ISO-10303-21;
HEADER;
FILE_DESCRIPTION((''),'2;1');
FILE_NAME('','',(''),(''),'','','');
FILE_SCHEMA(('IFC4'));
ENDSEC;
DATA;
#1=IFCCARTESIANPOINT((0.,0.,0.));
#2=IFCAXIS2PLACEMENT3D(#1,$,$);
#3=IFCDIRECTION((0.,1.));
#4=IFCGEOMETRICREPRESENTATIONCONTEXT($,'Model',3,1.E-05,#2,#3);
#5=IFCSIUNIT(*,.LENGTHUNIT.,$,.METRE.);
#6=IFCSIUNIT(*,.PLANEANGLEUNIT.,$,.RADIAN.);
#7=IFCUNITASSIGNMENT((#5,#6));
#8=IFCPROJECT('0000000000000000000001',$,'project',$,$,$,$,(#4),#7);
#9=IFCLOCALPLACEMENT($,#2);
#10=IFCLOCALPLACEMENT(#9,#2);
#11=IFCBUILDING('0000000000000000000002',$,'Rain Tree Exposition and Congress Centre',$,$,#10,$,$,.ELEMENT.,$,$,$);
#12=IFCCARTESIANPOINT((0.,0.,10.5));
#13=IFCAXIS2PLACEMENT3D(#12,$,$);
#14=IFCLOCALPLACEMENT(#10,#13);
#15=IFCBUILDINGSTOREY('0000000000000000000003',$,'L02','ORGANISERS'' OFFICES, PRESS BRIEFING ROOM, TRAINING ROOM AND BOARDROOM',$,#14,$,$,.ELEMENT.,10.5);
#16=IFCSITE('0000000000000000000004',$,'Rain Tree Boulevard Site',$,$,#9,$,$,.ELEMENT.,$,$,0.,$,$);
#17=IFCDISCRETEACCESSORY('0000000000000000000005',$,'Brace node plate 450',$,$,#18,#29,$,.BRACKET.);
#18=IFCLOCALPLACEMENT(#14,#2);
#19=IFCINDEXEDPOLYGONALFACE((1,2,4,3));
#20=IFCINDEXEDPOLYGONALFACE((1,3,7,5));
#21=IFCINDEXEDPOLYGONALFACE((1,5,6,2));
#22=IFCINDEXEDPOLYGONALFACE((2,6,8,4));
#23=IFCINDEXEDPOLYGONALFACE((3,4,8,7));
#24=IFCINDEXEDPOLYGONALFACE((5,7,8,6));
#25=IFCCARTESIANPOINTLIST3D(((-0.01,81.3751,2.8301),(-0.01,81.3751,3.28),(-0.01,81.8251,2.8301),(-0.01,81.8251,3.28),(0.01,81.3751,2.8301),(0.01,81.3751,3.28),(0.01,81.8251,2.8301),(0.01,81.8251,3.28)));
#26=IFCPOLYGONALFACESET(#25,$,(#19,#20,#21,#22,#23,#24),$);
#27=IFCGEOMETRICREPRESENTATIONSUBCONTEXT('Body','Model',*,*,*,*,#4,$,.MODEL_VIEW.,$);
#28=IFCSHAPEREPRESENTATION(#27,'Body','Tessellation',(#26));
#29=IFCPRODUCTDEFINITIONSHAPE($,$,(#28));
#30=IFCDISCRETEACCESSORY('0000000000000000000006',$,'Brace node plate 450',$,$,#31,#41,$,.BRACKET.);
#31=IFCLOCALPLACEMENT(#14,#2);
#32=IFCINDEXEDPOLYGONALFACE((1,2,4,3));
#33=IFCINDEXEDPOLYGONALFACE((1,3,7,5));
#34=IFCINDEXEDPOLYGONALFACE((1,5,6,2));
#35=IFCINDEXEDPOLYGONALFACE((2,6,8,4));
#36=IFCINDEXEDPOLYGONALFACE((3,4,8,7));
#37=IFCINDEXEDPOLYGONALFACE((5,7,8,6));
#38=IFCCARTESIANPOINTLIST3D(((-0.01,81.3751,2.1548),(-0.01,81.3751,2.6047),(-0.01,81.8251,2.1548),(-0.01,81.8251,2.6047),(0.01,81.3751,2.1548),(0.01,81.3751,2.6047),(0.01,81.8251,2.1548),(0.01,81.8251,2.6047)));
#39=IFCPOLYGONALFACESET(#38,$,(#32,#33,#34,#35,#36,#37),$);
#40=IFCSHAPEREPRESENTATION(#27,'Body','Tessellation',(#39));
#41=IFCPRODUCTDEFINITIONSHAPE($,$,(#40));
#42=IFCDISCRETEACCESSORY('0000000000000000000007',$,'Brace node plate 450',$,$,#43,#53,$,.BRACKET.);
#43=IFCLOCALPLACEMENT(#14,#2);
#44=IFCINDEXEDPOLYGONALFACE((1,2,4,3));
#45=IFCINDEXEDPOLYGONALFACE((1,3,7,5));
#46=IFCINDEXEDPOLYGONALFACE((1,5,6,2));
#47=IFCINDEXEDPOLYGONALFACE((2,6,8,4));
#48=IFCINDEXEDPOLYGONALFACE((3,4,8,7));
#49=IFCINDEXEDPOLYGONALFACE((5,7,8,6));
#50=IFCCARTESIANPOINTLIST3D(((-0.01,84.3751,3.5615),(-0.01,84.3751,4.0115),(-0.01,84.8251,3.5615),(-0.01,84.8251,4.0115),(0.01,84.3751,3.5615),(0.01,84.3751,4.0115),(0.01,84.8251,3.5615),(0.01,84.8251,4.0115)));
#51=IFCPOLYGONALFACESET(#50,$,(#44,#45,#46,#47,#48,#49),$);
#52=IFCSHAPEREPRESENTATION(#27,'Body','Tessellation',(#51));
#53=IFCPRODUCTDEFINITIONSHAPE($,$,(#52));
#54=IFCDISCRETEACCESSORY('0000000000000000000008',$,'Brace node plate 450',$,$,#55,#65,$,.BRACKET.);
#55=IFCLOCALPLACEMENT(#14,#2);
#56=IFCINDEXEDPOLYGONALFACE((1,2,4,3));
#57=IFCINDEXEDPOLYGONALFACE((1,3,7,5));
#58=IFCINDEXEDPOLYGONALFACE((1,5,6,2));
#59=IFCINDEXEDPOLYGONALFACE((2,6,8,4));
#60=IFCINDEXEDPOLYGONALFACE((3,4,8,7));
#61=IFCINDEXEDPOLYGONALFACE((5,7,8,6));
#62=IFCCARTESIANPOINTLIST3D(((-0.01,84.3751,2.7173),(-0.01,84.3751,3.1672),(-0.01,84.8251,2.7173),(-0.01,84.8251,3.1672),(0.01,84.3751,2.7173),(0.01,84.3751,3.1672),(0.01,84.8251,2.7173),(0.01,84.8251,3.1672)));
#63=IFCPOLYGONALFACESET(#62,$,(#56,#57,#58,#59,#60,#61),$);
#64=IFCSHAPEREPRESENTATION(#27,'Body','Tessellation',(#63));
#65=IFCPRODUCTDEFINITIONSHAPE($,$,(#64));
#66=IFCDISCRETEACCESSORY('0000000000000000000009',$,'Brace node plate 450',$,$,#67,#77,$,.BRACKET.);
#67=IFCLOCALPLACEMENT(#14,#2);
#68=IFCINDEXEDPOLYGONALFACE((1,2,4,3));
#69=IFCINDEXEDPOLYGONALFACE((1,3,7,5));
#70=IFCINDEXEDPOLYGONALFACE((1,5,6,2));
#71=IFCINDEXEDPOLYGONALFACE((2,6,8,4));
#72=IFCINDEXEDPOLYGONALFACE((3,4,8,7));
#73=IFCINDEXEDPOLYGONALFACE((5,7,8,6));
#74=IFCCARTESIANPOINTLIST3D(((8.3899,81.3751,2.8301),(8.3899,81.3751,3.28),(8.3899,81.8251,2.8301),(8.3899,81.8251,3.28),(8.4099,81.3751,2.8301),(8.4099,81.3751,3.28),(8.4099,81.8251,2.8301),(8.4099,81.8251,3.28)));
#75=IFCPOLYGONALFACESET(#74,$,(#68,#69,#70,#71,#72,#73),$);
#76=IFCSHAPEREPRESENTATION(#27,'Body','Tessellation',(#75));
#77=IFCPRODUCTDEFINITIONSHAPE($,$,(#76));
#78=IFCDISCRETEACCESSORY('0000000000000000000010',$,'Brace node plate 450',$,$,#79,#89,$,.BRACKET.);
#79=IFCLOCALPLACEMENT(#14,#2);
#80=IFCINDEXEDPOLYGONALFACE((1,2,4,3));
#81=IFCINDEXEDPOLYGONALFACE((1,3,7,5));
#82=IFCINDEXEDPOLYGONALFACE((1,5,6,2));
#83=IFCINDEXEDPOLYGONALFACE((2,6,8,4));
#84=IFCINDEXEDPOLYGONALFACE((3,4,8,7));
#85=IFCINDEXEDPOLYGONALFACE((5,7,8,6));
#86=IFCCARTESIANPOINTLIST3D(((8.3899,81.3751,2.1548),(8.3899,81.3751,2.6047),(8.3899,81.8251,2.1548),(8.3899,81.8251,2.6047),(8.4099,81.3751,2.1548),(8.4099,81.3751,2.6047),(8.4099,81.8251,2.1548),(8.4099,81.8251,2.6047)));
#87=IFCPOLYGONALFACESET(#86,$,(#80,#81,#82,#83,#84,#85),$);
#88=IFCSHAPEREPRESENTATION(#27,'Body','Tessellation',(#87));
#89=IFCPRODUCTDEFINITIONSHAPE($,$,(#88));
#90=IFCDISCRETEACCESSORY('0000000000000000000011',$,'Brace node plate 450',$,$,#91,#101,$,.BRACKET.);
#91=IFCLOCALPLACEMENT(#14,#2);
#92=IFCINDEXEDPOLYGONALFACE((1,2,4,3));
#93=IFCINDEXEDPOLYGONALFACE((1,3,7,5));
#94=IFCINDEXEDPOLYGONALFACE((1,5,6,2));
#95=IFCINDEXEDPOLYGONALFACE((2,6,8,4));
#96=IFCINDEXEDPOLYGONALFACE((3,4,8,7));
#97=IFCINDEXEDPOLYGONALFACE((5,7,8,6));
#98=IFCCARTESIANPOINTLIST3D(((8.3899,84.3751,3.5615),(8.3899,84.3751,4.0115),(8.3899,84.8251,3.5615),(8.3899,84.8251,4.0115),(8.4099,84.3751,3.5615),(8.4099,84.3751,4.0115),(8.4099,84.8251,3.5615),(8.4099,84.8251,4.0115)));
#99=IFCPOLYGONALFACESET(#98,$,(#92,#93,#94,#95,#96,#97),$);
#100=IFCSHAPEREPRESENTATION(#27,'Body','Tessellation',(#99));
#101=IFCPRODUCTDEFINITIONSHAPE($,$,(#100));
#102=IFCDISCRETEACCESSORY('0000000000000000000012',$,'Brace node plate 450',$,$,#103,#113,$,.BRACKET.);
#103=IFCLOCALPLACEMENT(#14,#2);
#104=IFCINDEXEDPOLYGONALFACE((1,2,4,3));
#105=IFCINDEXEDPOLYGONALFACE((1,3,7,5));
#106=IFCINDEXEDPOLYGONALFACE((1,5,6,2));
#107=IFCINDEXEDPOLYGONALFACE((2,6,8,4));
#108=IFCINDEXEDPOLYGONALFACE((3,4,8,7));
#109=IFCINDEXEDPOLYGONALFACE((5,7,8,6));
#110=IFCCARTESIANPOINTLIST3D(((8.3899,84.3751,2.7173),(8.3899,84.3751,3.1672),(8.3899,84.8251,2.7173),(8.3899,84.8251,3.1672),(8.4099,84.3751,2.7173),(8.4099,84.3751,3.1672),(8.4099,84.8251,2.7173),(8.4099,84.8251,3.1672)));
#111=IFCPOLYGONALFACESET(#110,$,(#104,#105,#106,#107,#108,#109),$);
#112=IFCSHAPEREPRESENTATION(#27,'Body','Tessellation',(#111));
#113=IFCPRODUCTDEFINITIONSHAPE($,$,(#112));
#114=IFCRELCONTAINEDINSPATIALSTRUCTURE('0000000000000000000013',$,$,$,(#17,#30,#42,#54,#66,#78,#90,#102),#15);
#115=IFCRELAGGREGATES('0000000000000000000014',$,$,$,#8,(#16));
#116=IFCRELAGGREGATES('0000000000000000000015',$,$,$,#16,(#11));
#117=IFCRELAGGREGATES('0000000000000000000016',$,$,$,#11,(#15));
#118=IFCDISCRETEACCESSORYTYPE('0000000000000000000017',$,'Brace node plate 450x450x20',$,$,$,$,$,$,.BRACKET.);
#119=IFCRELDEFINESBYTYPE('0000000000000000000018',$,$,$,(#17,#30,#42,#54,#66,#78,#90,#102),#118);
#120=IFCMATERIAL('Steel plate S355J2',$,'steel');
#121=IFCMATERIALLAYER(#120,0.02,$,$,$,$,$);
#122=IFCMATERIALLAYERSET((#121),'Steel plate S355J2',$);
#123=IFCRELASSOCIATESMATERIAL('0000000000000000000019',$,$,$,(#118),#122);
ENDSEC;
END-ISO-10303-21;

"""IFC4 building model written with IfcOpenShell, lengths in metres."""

from ifc_helpers import new_model, si_unit, direction, frame, origin, origin_2d, place, context, subcontext, project, spatial, rectangle, extrude, material, layer, layer_set, type_object, element, save


model = new_model("IFC4")

# Units and contexts
model_context = context("Model", 3, precision=1e-05, world=origin(), true_north=direction((0.0, 1.0)))
body_context = subcontext(model_context, "Body", "Model", "MODEL_VIEW")
ifc_project = project(units=[si_unit("LENGTHUNIT", "METRE"), si_unit("PLANEANGLEUNIT", "RADIAN")], contexts=[model_context])

# Site, building, storey
site_placement = place(None, origin())
site = spatial("IfcSite", under=ifc_project, at=site_placement, Name="Rain Tree Boulevard Site", CompositionType="ELEMENT", RefElevation=0.0)
building_placement = place(site_placement, origin())
building = spatial("IfcBuilding", under=site, at=building_placement, Name="Rain Tree Exposition and Congress Centre", CompositionType="ELEMENT")
storey_placement = place(building_placement, frame((0.0, 0.0, 10.5)))
storey = spatial("IfcBuildingStorey", under=building, at=storey_placement, Name="L02", Description="ORGANISERS' OFFICES, PRESS BRIEFING ROOM, TRAINING ROOM AND BOARDROOM", CompositionType="ELEMENT", Elevation=10.5)

# Discrete accessories
ifc_material_1 = material(Name="Steel plate S355J2", Category="steel")
ifc_layer_1 = layer(ifc_material_1, 0.02)
ifc_layer_set_1 = layer_set([ifc_layer_1], Name="Steel plate S355J2")
discrete_accessory_type = type_object("IfcDiscreteAccessoryType", Name="Brace node plate 450x450x20", PredefinedType="BRACKET", material=ifc_layer_set_1)
for number, where, z_axis, x_axis, name in (
    (1, (0.0, 81.6001, 2.8301), (0.0, 0.0, 1.0), (0.0, -1.0, 0.0), "Brace node plate 450"),
    (2, (0.0, 81.6001, 2.1548), (0.0, 0.0, 1.0), (0.0, 1.0, 0.0), "Brace node plate 450"),
    (3, (0.0, 84.6001, 3.5615), (0.0, 0.0, 1.0), (0.0, -1.0, 0.0), "Brace node plate 450"),
    (4, (0.0, 84.6001, 2.7173), (0.0, 0.0, 1.0), (0.0, 1.0, 0.0), "Brace node plate 450"),
    (5, (8.3999, 81.6001, 2.8301), (0.0, 0.0, 1.0), (0.0, -1.0, 0.0), "Brace node plate 450"),
    (6, (8.3999, 81.6001, 2.1548), (0.0, 0.0, 1.0), (0.0, 1.0, 0.0), "Brace node plate 450"),
    (7, (8.3999, 84.6001, 3.5615), (0.0, 0.0, 1.0), (0.0, -1.0, 0.0), "Brace node plate 450"),
    (8, (8.3999, 84.6001, 2.7173), (0.0, 0.0, 1.0), (0.0, 1.0, 0.0), "Brace node plate 450"),
):
    element("IfcDiscreteAccessory", number, at=place(storey_placement, frame(where, z_axis=z_axis, x_axis=x_axis)), inside=storey, type_object=discrete_accessory_type, Name=name, PredefinedType="BRACKET", context=body_context, shape_type="SweptSolid", body=[
        extrude(rectangle(XDim=0.45, YDim=0.02, at=origin_2d()), origin(), (0.0, 0.0, 1.0), 0.45),
    ])

save(model, "model.ifc")
